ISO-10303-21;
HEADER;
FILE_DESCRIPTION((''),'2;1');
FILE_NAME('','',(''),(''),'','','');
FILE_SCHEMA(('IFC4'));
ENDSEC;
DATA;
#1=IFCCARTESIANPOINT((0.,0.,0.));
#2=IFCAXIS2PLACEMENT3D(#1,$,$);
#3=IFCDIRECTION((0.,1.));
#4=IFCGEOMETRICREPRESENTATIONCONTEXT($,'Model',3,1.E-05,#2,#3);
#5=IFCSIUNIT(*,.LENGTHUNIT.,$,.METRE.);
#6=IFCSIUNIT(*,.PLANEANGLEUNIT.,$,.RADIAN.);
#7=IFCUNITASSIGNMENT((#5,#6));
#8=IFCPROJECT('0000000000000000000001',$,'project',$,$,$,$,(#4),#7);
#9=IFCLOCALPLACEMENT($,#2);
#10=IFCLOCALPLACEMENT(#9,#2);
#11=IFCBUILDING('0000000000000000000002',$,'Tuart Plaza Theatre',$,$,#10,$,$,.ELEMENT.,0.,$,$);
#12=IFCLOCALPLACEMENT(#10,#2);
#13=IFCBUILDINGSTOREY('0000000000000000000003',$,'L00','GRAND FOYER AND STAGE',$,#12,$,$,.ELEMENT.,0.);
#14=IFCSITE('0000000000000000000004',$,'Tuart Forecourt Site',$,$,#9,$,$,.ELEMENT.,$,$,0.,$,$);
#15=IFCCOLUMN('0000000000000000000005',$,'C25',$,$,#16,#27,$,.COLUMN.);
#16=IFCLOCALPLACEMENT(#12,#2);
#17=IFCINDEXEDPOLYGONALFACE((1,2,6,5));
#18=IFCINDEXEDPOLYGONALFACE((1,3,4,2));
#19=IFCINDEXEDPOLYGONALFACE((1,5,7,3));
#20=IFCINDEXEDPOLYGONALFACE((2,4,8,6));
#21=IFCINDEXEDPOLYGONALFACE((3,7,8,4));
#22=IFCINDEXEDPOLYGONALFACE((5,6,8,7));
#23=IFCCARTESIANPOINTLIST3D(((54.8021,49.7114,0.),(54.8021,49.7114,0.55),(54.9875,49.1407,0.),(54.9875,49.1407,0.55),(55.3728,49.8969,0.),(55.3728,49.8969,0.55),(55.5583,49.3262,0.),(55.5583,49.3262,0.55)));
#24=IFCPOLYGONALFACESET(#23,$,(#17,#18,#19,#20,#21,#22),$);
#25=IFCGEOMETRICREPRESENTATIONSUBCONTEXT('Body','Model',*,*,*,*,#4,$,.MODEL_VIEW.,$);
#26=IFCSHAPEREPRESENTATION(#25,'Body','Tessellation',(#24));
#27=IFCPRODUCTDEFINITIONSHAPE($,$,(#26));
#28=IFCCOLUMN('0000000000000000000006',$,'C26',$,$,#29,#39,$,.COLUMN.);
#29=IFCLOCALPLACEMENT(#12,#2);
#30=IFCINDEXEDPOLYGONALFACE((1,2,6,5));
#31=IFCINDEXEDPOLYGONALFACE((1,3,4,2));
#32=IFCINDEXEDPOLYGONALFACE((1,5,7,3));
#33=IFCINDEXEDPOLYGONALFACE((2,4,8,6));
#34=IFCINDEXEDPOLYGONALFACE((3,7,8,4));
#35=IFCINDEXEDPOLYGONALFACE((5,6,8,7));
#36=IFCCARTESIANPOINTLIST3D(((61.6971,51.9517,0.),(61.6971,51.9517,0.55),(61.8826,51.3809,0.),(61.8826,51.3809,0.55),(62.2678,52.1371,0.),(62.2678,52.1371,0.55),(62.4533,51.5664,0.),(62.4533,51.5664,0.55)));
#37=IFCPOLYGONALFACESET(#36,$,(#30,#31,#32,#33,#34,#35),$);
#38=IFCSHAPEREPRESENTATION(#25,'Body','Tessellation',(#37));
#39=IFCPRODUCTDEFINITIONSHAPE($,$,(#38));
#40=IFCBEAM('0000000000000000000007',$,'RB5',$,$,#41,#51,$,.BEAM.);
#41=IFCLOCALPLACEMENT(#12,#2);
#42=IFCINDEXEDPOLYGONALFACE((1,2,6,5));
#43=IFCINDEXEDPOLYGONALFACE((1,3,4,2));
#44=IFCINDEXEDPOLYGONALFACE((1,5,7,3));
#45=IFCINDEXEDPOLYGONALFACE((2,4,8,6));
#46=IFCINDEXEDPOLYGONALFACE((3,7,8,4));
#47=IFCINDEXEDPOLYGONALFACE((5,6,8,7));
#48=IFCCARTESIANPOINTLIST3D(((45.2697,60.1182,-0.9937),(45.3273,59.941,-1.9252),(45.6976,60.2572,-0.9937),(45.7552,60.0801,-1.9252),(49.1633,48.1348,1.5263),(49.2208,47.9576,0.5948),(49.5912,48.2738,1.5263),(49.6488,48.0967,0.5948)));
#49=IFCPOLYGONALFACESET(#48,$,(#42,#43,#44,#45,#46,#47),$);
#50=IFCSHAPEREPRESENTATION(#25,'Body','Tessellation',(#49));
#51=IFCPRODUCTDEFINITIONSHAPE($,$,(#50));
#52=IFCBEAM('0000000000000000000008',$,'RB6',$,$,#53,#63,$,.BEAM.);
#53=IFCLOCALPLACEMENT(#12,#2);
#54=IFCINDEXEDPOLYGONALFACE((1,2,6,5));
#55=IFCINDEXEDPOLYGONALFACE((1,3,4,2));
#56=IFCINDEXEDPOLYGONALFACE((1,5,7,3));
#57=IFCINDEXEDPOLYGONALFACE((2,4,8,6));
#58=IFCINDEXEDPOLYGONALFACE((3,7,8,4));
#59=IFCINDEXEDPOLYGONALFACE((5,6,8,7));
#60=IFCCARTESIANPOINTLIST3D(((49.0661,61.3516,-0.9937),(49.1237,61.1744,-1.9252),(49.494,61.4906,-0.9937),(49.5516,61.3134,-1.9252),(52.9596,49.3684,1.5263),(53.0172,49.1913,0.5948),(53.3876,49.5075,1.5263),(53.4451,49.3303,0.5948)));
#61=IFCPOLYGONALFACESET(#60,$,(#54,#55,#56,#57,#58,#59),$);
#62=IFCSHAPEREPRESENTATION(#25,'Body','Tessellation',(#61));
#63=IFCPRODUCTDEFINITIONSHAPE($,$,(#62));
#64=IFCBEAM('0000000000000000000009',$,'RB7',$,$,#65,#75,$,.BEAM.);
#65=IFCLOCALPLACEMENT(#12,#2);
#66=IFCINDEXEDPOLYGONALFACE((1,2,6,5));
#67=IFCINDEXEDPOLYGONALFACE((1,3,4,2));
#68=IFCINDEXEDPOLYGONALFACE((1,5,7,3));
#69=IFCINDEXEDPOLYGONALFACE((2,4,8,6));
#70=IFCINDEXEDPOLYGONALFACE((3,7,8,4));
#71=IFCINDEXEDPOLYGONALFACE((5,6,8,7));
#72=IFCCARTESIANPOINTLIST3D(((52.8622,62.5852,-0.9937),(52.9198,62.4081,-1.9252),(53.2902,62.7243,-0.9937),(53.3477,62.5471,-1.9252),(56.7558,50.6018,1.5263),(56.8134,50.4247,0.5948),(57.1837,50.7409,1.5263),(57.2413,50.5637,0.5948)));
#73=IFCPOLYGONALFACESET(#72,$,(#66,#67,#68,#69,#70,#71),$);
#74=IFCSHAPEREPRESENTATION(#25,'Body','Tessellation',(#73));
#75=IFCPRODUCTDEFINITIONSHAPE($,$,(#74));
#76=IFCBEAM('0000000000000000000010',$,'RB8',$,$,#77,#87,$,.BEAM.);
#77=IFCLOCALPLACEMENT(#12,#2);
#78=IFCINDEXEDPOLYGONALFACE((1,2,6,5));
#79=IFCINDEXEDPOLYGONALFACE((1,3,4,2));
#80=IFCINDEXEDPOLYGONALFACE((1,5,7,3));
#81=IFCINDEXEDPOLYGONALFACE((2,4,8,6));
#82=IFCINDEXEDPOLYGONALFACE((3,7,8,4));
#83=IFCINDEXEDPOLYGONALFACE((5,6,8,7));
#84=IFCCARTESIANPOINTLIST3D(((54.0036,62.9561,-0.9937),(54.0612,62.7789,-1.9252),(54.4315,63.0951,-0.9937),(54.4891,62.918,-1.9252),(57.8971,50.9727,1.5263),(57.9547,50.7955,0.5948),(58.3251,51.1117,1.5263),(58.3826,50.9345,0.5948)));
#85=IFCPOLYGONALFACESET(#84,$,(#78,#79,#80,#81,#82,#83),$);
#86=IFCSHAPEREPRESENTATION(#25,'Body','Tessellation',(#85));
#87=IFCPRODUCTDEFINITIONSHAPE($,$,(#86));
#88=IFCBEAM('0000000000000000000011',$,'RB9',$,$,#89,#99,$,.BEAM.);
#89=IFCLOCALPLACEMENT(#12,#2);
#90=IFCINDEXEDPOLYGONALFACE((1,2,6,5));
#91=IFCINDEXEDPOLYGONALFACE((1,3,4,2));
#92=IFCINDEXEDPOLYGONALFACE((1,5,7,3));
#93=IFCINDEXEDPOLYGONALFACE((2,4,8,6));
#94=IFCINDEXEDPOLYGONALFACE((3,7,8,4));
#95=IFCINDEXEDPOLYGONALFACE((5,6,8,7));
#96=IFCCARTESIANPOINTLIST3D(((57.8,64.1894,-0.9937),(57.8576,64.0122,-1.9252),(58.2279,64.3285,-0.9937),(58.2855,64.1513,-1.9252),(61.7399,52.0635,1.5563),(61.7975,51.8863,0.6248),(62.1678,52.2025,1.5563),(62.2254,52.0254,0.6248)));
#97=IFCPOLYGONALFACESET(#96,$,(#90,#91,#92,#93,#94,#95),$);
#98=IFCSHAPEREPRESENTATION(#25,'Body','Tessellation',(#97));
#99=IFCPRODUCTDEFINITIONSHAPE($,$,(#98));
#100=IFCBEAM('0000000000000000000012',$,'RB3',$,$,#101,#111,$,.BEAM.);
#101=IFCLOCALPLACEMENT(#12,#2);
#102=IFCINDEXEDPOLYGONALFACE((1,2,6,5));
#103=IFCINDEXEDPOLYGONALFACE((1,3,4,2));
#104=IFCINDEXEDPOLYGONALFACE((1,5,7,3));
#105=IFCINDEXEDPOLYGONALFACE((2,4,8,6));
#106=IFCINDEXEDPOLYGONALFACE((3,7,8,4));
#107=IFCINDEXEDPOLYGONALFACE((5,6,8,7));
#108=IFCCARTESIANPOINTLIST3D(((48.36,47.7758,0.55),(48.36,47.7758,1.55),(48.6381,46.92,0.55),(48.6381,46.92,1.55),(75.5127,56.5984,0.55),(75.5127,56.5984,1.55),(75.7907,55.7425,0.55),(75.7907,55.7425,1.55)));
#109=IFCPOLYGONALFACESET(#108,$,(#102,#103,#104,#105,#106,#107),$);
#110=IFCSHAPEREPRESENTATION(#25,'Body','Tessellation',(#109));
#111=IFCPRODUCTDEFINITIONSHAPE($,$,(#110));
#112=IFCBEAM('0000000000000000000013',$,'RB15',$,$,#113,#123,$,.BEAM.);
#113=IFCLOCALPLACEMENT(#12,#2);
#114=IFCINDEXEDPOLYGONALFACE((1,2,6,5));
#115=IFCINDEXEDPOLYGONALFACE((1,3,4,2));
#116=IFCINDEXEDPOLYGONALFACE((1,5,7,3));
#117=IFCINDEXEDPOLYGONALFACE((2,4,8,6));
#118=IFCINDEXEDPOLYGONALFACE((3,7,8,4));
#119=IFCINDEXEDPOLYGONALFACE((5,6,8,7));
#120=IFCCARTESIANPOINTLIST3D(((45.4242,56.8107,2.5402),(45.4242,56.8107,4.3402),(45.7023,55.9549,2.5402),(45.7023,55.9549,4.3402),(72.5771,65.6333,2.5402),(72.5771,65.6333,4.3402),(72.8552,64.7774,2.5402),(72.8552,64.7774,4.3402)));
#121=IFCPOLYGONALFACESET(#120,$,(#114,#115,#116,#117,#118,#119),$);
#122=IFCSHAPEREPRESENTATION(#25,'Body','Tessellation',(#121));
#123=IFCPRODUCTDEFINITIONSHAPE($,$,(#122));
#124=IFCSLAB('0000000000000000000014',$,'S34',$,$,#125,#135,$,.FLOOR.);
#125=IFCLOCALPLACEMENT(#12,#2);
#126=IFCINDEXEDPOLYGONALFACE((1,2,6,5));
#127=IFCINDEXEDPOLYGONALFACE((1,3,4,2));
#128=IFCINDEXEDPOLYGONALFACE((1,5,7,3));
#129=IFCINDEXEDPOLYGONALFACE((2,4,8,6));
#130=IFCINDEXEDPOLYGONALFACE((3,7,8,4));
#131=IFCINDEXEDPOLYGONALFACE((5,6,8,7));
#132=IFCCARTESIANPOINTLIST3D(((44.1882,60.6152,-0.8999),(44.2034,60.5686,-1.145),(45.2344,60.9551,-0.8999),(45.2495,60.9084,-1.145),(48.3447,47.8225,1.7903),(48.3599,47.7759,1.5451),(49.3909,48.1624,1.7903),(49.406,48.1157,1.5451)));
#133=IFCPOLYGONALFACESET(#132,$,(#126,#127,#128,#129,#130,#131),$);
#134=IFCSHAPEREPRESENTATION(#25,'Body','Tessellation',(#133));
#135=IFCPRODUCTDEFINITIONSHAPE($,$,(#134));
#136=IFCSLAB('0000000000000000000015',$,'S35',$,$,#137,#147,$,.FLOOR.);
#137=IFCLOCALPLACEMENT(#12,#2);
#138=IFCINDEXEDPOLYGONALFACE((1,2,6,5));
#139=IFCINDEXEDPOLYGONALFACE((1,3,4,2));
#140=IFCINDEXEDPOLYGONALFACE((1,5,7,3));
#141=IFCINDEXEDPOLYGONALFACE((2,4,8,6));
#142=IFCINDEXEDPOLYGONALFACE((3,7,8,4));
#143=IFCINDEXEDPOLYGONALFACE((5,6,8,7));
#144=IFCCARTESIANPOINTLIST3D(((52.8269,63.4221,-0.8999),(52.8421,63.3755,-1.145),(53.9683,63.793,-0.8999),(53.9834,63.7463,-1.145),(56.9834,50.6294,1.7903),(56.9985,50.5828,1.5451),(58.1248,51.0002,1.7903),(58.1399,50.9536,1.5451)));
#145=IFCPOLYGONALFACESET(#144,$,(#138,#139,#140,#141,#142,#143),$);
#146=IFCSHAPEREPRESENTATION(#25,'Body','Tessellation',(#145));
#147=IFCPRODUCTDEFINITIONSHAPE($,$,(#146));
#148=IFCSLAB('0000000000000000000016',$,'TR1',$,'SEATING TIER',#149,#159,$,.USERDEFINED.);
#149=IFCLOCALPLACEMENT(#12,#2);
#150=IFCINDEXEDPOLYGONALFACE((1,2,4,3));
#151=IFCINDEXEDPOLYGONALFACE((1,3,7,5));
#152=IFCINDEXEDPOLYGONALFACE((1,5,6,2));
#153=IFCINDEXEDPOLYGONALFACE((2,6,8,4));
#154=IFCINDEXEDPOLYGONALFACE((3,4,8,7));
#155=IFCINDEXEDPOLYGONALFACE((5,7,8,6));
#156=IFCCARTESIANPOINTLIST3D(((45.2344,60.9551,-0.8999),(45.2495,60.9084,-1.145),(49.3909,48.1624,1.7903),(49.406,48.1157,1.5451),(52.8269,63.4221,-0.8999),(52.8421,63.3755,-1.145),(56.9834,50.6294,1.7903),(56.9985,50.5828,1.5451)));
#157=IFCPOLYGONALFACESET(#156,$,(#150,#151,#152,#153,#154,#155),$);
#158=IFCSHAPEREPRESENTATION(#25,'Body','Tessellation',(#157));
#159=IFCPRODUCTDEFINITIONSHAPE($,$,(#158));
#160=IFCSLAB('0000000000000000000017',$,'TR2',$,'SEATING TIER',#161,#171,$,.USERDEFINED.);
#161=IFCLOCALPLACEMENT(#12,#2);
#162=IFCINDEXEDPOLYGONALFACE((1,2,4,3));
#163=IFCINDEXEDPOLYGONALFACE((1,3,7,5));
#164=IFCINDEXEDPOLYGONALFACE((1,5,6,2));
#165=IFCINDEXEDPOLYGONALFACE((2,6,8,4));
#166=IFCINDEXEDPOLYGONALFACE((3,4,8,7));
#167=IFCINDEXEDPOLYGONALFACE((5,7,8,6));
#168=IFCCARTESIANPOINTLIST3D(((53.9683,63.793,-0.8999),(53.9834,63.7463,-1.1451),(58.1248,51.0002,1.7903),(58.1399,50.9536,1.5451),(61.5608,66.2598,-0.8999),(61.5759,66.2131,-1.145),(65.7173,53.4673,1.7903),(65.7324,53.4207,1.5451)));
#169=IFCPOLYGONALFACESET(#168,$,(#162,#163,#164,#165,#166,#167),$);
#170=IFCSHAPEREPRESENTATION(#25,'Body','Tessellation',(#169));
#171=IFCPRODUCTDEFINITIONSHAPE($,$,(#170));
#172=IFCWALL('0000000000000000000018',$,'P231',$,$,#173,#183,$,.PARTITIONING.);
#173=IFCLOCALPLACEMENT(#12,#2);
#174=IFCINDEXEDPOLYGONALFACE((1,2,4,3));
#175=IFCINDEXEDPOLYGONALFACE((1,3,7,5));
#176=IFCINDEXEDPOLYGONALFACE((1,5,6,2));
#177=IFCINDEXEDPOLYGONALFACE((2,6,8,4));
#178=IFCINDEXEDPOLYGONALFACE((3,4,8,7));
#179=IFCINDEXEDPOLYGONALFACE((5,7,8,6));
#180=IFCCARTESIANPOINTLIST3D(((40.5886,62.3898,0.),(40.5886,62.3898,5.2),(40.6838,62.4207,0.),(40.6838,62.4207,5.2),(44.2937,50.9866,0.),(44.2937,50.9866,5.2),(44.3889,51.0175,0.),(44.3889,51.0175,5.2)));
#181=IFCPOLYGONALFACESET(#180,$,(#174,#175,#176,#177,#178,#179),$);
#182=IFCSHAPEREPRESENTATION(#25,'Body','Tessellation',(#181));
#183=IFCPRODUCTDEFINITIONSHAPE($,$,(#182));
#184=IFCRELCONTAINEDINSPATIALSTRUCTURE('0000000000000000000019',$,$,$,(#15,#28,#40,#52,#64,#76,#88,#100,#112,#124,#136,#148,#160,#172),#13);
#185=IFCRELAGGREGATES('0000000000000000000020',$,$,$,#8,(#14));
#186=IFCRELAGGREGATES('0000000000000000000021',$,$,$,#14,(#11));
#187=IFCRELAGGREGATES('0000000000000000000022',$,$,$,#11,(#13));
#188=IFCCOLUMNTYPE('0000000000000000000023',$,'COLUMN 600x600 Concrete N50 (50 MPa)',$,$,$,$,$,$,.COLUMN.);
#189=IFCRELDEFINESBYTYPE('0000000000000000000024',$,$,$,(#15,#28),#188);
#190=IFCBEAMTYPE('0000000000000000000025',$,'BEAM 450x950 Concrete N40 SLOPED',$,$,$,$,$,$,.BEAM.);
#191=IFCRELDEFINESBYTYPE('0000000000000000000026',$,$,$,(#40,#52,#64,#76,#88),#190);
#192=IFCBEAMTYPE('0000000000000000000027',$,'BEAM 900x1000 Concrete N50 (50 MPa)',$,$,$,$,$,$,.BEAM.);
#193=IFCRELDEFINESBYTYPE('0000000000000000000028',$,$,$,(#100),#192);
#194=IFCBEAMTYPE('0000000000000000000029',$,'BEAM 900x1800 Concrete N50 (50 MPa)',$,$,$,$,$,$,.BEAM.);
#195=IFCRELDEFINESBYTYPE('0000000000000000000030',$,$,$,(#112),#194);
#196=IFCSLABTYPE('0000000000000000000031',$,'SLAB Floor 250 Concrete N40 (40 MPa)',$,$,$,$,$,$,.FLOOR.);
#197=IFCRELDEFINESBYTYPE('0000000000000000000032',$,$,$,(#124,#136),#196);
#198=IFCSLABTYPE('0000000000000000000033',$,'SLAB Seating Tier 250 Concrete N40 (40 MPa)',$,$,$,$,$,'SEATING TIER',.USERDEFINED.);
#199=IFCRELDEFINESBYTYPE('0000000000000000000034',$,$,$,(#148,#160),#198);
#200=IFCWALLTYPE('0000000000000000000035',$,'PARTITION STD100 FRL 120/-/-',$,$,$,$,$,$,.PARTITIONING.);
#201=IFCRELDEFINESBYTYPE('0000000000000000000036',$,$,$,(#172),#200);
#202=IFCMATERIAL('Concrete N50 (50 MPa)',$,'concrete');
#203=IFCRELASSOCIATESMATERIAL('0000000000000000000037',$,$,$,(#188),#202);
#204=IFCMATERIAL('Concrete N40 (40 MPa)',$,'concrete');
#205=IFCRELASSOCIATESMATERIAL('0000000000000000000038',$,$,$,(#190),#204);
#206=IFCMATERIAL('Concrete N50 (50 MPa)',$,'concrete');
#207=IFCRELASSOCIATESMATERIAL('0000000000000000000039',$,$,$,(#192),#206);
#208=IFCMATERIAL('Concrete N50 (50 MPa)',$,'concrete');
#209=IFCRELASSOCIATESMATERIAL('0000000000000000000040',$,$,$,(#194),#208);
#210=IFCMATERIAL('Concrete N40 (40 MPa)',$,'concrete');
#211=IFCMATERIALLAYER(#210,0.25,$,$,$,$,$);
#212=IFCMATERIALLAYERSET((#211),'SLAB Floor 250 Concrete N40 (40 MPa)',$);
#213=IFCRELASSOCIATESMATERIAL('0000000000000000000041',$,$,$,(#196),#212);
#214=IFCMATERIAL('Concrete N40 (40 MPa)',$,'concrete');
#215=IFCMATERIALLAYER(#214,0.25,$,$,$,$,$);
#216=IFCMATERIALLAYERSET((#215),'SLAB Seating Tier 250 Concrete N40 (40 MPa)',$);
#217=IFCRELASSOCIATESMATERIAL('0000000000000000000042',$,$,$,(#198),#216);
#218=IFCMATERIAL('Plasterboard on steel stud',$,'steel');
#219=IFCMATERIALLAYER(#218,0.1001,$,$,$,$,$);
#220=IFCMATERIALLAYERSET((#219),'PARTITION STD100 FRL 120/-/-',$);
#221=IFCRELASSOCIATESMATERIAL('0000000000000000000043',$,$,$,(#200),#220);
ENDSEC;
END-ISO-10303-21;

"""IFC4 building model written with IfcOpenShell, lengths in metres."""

from ifc_helpers import new_model, si_unit, direction, frame, frame_2d, origin, origin_2d, place, context, subcontext, project, spatial, polyline, rectangle, outline, extrude, material, layer, layer_set, material_profile, profile_set, type_object, element, save


model = new_model("IFC4")

# Units and contexts
model_context = context("Model", 3, precision=1e-05, world=origin(), true_north=direction((0.0, 1.0)))
body_context = subcontext(model_context, "Body", "Model", "MODEL_VIEW")
ifc_project = project(units=[si_unit("LENGTHUNIT", "METRE"), si_unit("PLANEANGLEUNIT", "RADIAN")], contexts=[model_context])

# Site, building, storey
site_placement = place(None, origin())
site = spatial("IfcSite", under=ifc_project, at=site_placement, Name="Tuart Forecourt Site", CompositionType="ELEMENT", RefElevation=0.0)
building_placement = place(site_placement, origin())
building = spatial("IfcBuilding", under=site, at=building_placement, Name="Tuart Plaza Theatre", CompositionType="ELEMENT", ElevationOfRefHeight=0.0)
storey_placement = place(building_placement, origin())
storey = spatial("IfcBuildingStorey", under=building, at=storey_placement, Name="L00", Description="GRAND FOYER AND STAGE", CompositionType="ELEMENT", Elevation=0.0)

# Columns
ifc_material_1 = material(Name="Concrete N50 (50 MPa)", Category="concrete")
ifc_material_profile_1 = material_profile(ifc_material_1, rectangle(XDim=0.6001, YDim=0.6001, at=origin_2d()), Name="COLUMN 600x600 Concrete N50 (50 MPa)")
ifc_profile_set_1 = profile_set([ifc_material_profile_1], Name="Concrete N50 (50 MPa)")
column_type = type_object("IfcColumnType", Name="COLUMN 600x600 Concrete N50 (50 MPa)", PredefinedType="COLUMN", material=ifc_profile_set_1)
for number, where, z_axis, x_axis, name in (
    (1, (55.1802, 49.5188, 0.0), (0.0, 0.0, 1.0), (0.951057, 0.309017, 0.0), "C25"),
    (2, (62.0752, 51.759, 0.0), (0.0, 0.0, 1.0), (0.951057, 0.309017, 0.0), "C26"),
):
    element("IfcColumn", number, at=place(storey_placement, frame(where, z_axis=z_axis, x_axis=x_axis)), inside=storey, type_object=column_type, Name=name, PredefinedType="COLUMN", context=body_context, shape_type="SweptSolid", body=[
        extrude(rectangle(XDim=0.6001, YDim=0.6001, at=origin_2d()), origin(), (0.0, 0.0, 1.0), 0.55),
    ])

# Beams
ifc_material_2 = material(Name="Concrete N40 (40 MPa)", Category="concrete")
ifc_material_profile_2 = material_profile(ifc_material_2, rectangle(XDim=0.45, YDim=0.95, at=origin_2d()), Name="BEAM 450x950 Concrete N40 SLOPED")
ifc_profile_set_2 = profile_set([ifc_material_profile_2], Name="Concrete N40 (40 MPa)")
beam_type_1 = type_object("IfcBeamType", Name="BEAM 450x950 Concrete N40 SLOPED", PredefinedType="BEAM", material=ifc_profile_set_2)
beam_1_placement = place(storey_placement, frame((49.406, 48.1157, 1.0605), z_axis=(-0.30301, 0.93259, -0.196117), x_axis=(-0.951059, -0.309011, 0.0)))
element("IfcBeam", 3, at=beam_1_placement, inside=storey, type_object=beam_type_1, Name="RB5", PredefinedType="BEAM", context=body_context, shape_type="SweptSolid", body=[
    extrude(rectangle(XDim=0.45, YDim=0.95, at=origin_2d()), origin(), (0.0, 0.0, 1.0), 12.8496),
])
beam_2_placement = place(storey_placement, frame((53.2024, 49.3494, 1.0605), z_axis=(-0.303015, 0.932587, -0.19612), x_axis=(-0.951057, -0.309016, 0.0)))
element("IfcBeam", 4, at=beam_2_placement, inside=storey, type_object=beam_type_1, Name="RB6", PredefinedType="BEAM", context=body_context, shape_type="SweptSolid", body=[
    extrude(rectangle(XDim=0.45, YDim=0.95, at=origin_2d()), origin(), (0.0, 0.0, 1.0), 12.8494),
])
for number, where, z_axis, x_axis, name in (
    (5, (56.9985, 50.5828, 1.0605), (-0.30301, 0.93259, -0.196117), (-0.951059, -0.309011, 0.0), "RB7"),
    (6, (58.1399, 50.9536, 1.0605), (-0.30301, 0.93259, -0.196117), (-0.951059, -0.309011, 0.0), "RB8"),
):
    element("IfcBeam", number, at=place(storey_placement, frame(where, z_axis=z_axis, x_axis=x_axis)), inside=storey, type_object=beam_type_1, Name=name, PredefinedType="BEAM", context=body_context, shape_type="SweptSolid", body=[
        extrude(rectangle(XDim=0.45, YDim=0.95, at=origin_2d()), origin(), (0.0, 0.0, 1.0), 12.8496),
    ])
beam_3_placement = place(storey_placement, frame((61.9827, 52.0444, 1.0906), z_axis=(-0.303014, 0.932588, -0.19612), x_axis=(-0.951057, -0.309015, 0.0)))
element("IfcBeam", 7, at=beam_3_placement, inside=storey, type_object=beam_type_1, Name="RB9", PredefinedType="BEAM", context=body_context, shape_type="SweptSolid", body=[
    extrude(rectangle(XDim=0.45, YDim=0.95, at=origin_2d()), origin(), (0.0, 0.0, 1.0), 13.0024),
])
ifc_material_3 = material(Name="Concrete N50 (50 MPa)", Category="concrete")
ifc_material_profile_3 = material_profile(ifc_material_3, rectangle(XDim=0.8999, YDim=1.0, at=origin_2d()), Name="BEAM 900x1000 Concrete N50 (50 MPa)")
ifc_profile_set_3 = profile_set([ifc_material_profile_3], Name="Concrete N50 (50 MPa)")
beam_type_2 = type_object("IfcBeamType", Name="BEAM 900x1000 Concrete N50 (50 MPa)", PredefinedType="BEAM", material=ifc_profile_set_3)
beam_4_placement = place(storey_placement, frame((48.499, 47.3479, 1.05), z_axis=(0.951055, 0.30902, 0.0), x_axis=(-0.30902, 0.951055, 0.0)))
element("IfcBeam", 8, at=beam_4_placement, inside=storey, type_object=beam_type_2, Name="RB3", PredefinedType="BEAM", context=body_context, shape_type="SweptSolid", body=[
    extrude(rectangle(XDim=0.8999, YDim=1.0, at=origin_2d()), origin(), (0.0, 0.0, 1.0), 28.55),
])
ifc_material_4 = material(Name="Concrete N50 (50 MPa)", Category="concrete")
ifc_material_profile_4 = material_profile(ifc_material_4, rectangle(XDim=0.8999, YDim=1.8, at=origin_2d()), Name="BEAM 900x1800 Concrete N50 (50 MPa)")
ifc_profile_set_4 = profile_set([ifc_material_profile_4], Name="Concrete N50 (50 MPa)")
beam_type_3 = type_object("IfcBeamType", Name="BEAM 900x1800 Concrete N50 (50 MPa)", PredefinedType="BEAM", material=ifc_profile_set_4)
beam_5_placement = place(storey_placement, frame((45.5632, 56.3828, 3.4402), z_axis=(0.951056, 0.309018, 0.0), x_axis=(-0.309018, 0.951056, 0.0)))
element("IfcBeam", 9, at=beam_5_placement, inside=storey, type_object=beam_type_3, Name="RB15", PredefinedType="BEAM", context=body_context, shape_type="SweptSolid", body=[
    extrude(rectangle(XDim=0.8999, YDim=1.8, at=origin_2d()), origin(), (0.0, 0.0, 1.0), 28.5503),
])

# Slabs
ifc_material_5 = material(Name="Concrete N40 (40 MPa)", Category="concrete")
ifc_layer_1 = layer(ifc_material_5, 0.25)
ifc_layer_set_1 = layer_set([ifc_layer_1], Name="SLAB Floor 250 Concrete N40 (40 MPa)")
slab_type_1 = type_object("IfcSlabType", Name="SLAB Floor 250 Concrete N40 (40 MPa)", PredefinedType="FLOOR", material=ifc_layer_set_1)
slab_1_placement = place(storey_placement, frame((48.3447, 47.8225, 1.7903), z_axis=(-0.060592, 0.18652, 0.980581), x_axis=(0.951075, 0.308961, 0.0)))
element("IfcSlab", 10, at=slab_1_placement, inside=storey, type_object=slab_type_1, Name="S34", PredefinedType="FLOOR", context=body_context, shape_type="SweptSolid", body=[
    extrude(outline(polyline([(0.0, 0.0), (1.1, 0.0), (1.0993, 13.7174), (-0.0007, 13.7174), (0.0, 0.0)])), origin(), (0.0, 0.0, -1.0), 0.25),
])
slab_2_placement = place(storey_placement, frame((56.9834, 50.6294, 1.7903), z_axis=(-0.060603, 0.186516, 0.980581), x_axis=(0.951056, 0.309017, 0.0)))
element("IfcSlab", 11, at=slab_2_placement, inside=storey, type_object=slab_type_1, Name="S35", PredefinedType="FLOOR", context=body_context, shape_type="SweptSolid", body=[
    extrude(outline(polyline([(0.0, 0.0), (1.2001, 0.0), (1.2002, 13.7174), (0.0001, 13.7174), (0.0, 0.0)])), origin(), (0.0, 0.0, -1.0), 0.25),
])
ifc_material_6 = material(Name="Concrete N40 (40 MPa)", Category="concrete")
ifc_layer_2 = layer(ifc_material_6, 0.25)
ifc_layer_set_2 = layer_set([ifc_layer_2], Name="SLAB Seating Tier 250 Concrete N40 (40 MPa)")
slab_type_2 = type_object("IfcSlabType", Name="SLAB Seating Tier 250 Concrete N40 (40 MPa)", ElementType="SEATING TIER", PredefinedType="USERDEFINED", material=ifc_layer_set_2)
slab_3_placement = place(storey_placement, frame((49.3909, 48.1624, 1.7903), z_axis=(-0.060605, 0.186516, 0.980581), x_axis=(0.951054, 0.309026, 0.0)))
element("IfcSlab", 12, at=slab_3_placement, inside=storey, type_object=slab_type_2, Name="TR1", ObjectType="SEATING TIER", PredefinedType="USERDEFINED", context=body_context, shape_type="SweptSolid", body=[
    extrude(outline(polyline([(0.0, 0.0), (7.9833, 0.0), (7.9835, 13.7174), (0.0002, 13.7174), (0.0, 0.0)])), origin(), (0.0, 0.0, -1.0), 0.25),
])
slab_4_placement = place(storey_placement, frame((58.1248, 51.0002, 1.7903), z_axis=(-0.060602, 0.186518, 0.980581), x_axis=(0.951054, 0.309025, -0.000003)))
element("IfcSlab", 13, at=slab_4_placement, inside=storey, type_object=slab_type_2, Name="TR2", ObjectType="SEATING TIER", PredefinedType="USERDEFINED", context=body_context, shape_type="SweptSolid", body=[
    extrude(outline(polyline([(0.0, 0.0), (7.9833, 0.0), (7.9834, 13.7172), (0.0002, 13.7174), (0.0, 0.0)])), origin(), (0.0, 0.0, -1.0), 0.25),
])

# Wall
ifc_material_7 = material(Name="Plasterboard on steel stud", Category="steel")
ifc_layer_3 = layer(ifc_material_7, 0.1001)
ifc_layer_set_3 = layer_set([ifc_layer_3], Name="PARTITION STD100 FRL 120/-/-")
wall_type_1 = type_object("IfcWallType", Name="PARTITION STD100 FRL 120/-/-", PredefinedType="PARTITIONING", material=ifc_layer_set_3)
wall_1_placement = place(storey_placement, frame((44.3413, 51.002, 0.0), z_axis=(0.0, 0.0, 1.0), x_axis=(-0.309017, 0.951057, 0.0)))
element("IfcWall", 14, at=wall_1_placement, inside=storey, type_object=wall_type_1, Name="P231", PredefinedType="PARTITIONING", context=body_context, shape_type="SweptSolid", body=[
    extrude(rectangle(XDim=11.99, YDim=0.1001, at=frame_2d((5.9951, 0.0))), origin(), (0.0, 0.0, 1.0), 5.2),
])

save(model, "model.ifc")
